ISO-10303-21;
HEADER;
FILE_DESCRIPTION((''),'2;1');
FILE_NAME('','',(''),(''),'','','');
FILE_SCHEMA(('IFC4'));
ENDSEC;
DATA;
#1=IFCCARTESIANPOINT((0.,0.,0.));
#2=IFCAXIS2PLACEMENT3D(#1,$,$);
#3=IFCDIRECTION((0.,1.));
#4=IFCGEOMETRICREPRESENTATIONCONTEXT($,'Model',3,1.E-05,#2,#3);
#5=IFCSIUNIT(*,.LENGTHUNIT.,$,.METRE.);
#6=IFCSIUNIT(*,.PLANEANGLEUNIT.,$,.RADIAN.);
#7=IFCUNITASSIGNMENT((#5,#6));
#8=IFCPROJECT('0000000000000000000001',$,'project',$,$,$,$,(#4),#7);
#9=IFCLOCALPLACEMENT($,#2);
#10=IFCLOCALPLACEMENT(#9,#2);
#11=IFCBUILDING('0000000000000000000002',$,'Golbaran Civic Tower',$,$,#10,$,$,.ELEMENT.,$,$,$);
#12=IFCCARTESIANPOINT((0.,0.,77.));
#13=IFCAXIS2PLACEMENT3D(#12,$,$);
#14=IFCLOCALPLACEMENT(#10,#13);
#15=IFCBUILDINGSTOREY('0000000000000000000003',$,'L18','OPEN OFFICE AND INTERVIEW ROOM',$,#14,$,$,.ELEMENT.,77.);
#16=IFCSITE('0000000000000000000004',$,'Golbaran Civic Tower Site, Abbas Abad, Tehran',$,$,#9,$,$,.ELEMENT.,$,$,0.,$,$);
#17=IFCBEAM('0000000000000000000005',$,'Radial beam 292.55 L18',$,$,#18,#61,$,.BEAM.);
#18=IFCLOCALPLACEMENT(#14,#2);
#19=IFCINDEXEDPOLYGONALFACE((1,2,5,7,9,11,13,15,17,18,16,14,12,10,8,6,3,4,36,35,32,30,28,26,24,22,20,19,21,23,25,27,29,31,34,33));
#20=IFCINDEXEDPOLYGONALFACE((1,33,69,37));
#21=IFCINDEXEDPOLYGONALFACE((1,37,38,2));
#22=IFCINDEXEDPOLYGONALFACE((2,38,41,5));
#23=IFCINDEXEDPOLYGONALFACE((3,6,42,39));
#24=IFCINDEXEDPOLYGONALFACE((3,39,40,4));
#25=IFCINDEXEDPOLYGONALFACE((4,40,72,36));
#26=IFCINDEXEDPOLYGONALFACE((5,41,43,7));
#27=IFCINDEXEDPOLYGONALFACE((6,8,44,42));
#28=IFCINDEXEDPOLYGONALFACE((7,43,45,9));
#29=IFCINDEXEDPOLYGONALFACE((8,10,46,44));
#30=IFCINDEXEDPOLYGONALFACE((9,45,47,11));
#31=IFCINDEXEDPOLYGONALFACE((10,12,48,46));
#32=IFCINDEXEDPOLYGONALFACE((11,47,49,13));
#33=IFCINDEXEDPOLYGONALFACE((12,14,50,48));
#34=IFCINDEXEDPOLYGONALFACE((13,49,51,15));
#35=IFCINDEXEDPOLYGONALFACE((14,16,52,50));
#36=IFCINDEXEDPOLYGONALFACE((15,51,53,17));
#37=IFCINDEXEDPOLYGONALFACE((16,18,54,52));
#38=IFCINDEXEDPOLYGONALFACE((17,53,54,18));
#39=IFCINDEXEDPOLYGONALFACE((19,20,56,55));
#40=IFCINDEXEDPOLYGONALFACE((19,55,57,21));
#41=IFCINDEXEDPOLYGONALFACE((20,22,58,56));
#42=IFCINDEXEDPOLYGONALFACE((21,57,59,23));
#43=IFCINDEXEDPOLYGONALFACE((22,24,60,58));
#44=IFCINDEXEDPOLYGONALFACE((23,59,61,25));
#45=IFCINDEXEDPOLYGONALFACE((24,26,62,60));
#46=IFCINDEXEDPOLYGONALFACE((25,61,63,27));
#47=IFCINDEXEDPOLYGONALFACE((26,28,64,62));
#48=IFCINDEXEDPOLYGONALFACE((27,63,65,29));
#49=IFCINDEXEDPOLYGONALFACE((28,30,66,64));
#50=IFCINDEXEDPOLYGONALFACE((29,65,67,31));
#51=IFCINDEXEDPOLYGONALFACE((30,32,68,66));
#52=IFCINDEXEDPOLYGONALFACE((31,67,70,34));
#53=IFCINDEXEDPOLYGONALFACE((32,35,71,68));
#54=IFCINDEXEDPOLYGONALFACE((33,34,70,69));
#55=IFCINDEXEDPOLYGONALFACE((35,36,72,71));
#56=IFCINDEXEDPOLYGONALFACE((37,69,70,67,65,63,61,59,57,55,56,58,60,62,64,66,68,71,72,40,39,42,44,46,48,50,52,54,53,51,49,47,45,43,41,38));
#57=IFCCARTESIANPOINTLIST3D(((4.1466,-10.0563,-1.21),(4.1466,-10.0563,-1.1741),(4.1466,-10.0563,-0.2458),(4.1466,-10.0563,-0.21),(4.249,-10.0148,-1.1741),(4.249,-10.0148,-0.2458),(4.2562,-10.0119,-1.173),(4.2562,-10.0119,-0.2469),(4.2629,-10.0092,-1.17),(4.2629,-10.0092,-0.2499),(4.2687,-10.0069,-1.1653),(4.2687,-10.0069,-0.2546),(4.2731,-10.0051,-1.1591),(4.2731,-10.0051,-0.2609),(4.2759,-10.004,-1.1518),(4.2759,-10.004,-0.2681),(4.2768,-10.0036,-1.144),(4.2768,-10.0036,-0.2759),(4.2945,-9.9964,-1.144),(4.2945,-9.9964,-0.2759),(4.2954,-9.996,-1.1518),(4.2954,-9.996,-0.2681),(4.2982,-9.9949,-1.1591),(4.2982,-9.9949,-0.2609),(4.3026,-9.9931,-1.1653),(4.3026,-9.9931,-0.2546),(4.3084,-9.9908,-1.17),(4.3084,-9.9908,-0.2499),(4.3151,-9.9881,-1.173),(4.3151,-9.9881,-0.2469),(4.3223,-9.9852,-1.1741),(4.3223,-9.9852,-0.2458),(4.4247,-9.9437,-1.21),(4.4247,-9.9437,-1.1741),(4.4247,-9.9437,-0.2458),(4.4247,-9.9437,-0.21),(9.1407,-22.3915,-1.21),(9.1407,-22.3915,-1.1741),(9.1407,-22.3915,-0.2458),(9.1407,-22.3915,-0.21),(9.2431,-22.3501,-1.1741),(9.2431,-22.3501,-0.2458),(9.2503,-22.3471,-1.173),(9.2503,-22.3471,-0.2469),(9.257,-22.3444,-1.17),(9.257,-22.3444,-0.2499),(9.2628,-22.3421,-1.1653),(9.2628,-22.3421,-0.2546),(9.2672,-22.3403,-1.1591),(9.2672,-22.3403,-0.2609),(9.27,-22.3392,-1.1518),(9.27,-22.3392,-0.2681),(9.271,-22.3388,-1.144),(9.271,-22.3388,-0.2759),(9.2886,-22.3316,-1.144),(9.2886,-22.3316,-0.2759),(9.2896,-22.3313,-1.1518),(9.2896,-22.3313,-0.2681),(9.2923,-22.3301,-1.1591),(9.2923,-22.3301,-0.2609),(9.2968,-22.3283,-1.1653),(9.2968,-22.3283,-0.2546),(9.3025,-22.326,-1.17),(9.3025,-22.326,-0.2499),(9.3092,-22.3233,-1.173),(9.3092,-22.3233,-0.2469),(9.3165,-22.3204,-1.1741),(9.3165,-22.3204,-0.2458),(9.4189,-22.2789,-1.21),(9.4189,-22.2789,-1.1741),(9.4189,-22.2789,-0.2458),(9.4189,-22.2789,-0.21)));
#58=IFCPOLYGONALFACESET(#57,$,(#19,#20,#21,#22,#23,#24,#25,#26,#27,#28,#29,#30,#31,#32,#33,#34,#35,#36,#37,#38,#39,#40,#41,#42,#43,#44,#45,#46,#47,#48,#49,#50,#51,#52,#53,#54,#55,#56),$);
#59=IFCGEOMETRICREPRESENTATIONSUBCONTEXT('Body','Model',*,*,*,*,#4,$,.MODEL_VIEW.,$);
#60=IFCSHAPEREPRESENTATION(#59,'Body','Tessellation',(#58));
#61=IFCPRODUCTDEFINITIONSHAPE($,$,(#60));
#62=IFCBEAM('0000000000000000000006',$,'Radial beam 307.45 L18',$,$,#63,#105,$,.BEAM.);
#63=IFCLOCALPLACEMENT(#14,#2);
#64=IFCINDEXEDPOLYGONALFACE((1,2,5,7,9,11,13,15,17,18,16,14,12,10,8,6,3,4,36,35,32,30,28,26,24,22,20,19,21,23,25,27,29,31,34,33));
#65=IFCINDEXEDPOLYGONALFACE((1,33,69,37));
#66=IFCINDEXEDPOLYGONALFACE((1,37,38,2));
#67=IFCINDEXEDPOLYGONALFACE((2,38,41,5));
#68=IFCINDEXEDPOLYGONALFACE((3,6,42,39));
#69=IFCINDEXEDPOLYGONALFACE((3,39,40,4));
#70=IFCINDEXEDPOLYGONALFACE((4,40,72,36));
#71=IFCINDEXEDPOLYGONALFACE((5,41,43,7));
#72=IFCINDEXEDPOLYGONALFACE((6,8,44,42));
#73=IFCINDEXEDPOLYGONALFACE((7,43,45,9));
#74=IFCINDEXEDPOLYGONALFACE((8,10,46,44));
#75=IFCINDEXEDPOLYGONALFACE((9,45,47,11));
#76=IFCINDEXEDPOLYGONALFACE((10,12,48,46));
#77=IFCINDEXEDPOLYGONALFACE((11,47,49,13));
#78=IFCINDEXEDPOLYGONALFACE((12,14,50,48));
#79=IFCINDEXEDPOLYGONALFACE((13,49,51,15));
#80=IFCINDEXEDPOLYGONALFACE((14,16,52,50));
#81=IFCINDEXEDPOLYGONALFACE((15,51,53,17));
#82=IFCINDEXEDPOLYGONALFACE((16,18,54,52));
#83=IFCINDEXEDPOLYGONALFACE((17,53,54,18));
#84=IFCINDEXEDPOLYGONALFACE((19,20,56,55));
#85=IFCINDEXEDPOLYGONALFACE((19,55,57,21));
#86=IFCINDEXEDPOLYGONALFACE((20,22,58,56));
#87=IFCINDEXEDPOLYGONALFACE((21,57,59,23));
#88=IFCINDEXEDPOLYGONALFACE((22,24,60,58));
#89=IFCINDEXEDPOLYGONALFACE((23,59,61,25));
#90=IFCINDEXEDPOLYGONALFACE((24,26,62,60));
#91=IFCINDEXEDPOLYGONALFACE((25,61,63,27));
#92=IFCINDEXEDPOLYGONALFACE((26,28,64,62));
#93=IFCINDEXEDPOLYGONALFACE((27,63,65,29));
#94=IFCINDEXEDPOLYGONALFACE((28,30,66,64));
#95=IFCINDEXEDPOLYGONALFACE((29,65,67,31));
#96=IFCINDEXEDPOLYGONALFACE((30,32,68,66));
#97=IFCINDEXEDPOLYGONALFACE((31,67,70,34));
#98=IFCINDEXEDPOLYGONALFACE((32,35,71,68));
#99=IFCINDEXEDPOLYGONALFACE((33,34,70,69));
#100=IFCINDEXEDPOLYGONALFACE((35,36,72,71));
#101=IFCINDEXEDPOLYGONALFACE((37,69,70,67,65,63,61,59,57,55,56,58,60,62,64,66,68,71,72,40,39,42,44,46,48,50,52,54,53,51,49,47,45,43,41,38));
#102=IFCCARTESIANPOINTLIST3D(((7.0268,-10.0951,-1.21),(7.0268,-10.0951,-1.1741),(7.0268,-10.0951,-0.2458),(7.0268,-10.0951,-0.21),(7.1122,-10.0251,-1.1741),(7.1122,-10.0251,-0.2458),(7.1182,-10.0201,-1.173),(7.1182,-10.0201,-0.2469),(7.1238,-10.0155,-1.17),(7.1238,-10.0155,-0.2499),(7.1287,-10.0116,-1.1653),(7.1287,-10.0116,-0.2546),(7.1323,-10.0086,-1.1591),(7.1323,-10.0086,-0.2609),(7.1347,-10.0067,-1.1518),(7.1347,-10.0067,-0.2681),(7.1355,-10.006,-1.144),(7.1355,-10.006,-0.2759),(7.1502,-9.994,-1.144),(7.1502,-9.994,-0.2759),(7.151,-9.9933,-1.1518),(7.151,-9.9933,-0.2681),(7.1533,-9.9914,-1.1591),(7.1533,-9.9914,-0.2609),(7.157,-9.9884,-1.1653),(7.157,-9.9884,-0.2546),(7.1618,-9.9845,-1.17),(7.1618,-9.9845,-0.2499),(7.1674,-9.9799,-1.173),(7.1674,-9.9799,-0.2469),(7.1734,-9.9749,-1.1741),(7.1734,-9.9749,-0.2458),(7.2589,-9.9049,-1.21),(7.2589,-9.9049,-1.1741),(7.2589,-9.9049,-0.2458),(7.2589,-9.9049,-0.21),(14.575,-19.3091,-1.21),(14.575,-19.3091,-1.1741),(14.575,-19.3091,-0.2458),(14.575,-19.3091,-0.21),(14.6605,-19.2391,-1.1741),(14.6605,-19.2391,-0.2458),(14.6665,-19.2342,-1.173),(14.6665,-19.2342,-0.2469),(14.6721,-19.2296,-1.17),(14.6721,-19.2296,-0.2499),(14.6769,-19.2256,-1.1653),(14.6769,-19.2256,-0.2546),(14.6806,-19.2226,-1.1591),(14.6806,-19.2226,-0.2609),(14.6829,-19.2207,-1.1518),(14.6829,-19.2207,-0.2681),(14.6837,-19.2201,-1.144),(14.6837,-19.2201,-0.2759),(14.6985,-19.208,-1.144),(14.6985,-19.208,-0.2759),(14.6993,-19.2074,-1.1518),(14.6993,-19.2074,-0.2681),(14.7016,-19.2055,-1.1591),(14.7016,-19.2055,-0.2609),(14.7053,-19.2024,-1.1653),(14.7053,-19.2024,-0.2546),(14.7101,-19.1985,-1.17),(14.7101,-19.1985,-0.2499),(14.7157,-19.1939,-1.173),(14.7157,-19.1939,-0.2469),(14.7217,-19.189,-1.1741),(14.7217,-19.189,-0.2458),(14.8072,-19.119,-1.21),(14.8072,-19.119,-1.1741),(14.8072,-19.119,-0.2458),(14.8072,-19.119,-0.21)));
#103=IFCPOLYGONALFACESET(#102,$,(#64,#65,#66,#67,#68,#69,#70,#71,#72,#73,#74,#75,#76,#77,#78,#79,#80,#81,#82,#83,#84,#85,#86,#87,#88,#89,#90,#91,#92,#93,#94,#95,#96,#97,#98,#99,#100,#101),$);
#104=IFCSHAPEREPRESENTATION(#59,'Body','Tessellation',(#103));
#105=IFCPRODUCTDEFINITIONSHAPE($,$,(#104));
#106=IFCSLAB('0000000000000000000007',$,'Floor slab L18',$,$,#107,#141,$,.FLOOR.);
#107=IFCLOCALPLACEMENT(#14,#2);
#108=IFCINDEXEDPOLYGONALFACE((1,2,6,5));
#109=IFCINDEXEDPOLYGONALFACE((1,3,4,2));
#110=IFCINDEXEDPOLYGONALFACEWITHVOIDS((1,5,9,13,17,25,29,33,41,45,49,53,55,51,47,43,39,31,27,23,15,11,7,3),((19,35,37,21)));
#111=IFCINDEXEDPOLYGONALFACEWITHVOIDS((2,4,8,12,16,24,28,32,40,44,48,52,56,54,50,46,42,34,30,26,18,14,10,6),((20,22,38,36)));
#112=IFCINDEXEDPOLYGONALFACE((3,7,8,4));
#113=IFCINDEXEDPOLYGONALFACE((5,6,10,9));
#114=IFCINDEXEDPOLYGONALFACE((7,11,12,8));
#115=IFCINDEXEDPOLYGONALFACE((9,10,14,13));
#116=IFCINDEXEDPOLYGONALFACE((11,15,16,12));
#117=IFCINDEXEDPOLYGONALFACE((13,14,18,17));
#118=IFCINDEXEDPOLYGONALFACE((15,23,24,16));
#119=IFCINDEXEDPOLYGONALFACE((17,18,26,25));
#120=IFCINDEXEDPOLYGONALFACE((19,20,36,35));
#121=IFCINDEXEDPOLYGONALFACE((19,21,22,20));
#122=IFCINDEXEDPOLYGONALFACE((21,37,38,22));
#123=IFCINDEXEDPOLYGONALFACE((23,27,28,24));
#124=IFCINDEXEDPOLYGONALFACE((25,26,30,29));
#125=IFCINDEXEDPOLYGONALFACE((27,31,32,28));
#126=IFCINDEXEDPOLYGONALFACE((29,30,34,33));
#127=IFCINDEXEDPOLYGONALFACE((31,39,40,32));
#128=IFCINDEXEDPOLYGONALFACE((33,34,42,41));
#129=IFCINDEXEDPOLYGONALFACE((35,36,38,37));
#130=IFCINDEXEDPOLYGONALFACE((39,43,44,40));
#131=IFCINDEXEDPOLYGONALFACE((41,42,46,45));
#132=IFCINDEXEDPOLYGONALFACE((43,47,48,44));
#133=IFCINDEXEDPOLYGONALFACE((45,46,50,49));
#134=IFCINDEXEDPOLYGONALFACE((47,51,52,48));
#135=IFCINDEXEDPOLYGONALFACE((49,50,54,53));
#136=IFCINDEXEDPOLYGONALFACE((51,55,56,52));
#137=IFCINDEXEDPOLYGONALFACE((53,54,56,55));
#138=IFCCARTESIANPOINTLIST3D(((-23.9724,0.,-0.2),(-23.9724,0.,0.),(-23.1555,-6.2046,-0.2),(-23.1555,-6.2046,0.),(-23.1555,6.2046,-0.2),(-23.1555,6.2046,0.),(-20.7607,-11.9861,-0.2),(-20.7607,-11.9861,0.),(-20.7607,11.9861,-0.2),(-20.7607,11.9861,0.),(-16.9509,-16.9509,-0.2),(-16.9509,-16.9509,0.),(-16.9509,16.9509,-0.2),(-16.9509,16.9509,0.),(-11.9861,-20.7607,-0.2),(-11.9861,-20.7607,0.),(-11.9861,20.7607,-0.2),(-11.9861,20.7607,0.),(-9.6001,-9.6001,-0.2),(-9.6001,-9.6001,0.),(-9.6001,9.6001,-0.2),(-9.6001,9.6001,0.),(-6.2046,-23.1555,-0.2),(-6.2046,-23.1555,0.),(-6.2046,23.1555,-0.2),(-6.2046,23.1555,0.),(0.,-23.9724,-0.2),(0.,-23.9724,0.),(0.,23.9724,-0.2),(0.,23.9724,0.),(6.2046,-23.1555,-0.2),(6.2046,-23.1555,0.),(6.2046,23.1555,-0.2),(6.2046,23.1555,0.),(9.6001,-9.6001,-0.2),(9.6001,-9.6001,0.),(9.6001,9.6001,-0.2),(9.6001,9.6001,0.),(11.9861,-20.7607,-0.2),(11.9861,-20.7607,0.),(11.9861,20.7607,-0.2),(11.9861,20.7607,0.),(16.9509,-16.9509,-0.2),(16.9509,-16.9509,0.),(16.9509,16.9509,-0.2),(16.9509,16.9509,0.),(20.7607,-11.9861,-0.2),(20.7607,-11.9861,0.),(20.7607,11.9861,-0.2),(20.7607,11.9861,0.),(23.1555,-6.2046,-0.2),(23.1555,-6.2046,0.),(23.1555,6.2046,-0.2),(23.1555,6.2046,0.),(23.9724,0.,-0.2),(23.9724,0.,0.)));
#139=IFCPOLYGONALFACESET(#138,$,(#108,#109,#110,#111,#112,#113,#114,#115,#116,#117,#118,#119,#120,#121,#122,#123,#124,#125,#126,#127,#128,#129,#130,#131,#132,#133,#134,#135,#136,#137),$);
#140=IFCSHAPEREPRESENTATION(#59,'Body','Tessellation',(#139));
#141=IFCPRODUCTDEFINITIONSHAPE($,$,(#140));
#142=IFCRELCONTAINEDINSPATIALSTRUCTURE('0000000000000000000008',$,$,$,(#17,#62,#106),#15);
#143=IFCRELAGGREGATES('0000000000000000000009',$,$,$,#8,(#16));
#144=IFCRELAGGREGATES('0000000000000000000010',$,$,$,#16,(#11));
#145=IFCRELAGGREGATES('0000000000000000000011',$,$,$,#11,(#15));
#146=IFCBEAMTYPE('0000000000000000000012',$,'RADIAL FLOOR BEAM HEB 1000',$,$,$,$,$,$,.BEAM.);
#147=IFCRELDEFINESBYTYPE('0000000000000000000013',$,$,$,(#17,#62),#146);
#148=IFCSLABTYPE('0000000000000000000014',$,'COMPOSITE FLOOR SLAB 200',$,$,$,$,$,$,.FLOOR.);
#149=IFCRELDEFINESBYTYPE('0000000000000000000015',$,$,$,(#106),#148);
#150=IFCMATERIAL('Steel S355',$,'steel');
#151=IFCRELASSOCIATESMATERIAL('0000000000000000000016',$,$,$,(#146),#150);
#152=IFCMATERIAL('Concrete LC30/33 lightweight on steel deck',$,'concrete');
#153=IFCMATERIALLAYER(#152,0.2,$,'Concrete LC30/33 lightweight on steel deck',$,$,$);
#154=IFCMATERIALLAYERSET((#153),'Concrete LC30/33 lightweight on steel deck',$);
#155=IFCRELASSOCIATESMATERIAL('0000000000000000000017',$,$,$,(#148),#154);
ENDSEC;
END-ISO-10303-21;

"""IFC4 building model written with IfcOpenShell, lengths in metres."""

from ifc_helpers import new_model, si_unit, direction, frame, origin, origin_2d, place, context, subcontext, project, spatial, polyline, i_section, outline, extrude, material, layer, layer_set, material_profile, profile_set, type_object, element, save


model = new_model("IFC4")

# Units and contexts
model_context = context("Model", 3, precision=1e-05, world=origin(), true_north=direction((0.0, 1.0)))
body_context = subcontext(model_context, "Body", "Model", "MODEL_VIEW")
ifc_project = project(units=[si_unit("LENGTHUNIT", "METRE"), si_unit("PLANEANGLEUNIT", "RADIAN")], contexts=[model_context])

# Site, building, storey
site_placement = place(None, origin())
site = spatial("IfcSite", under=ifc_project, at=site_placement, Name="Golbaran Civic Tower Site, Abbas Abad, Tehran", CompositionType="ELEMENT", RefElevation=0.0)
building_placement = place(site_placement, origin())
building = spatial("IfcBuilding", under=site, at=building_placement, Name="Golbaran Civic Tower", CompositionType="ELEMENT")
storey_placement = place(building_placement, frame((0.0, 0.0, 77.0)))
storey = spatial("IfcBuildingStorey", under=building, at=storey_placement, Name="L18", Description="OPEN OFFICE AND INTERVIEW ROOM", CompositionType="ELEMENT", Elevation=77.0)

# Beams
ifc_material_1 = material(Name="Steel S355", Category="steel")
ifc_material_profile_1 = material_profile(ifc_material_1, i_section(OverallWidth=0.3, OverallDepth=1.0, WebThickness=0.019, FlangeThickness=0.0359, FilletRadius=0.03, at=origin_2d()), Name="HEB 1000")
ifc_profile_set_1 = profile_set([ifc_material_profile_1], Name="Steel S355")
beam_type_1 = type_object("IfcBeamType", Name="RADIAL FLOOR BEAM HEB 1000", PredefinedType="BEAM", material=ifc_profile_set_1)
beam_1_placement = place(storey_placement, frame((4.2856, -10.0, -0.71), z_axis=(0.375278, -0.926912, 0.0), x_axis=(0.926912, 0.375278, 0.0)))
element("IfcBeam", 1, at=beam_1_placement, inside=storey, type_object=beam_type_1, Name="Radial beam 292.55 L18", PredefinedType="BEAM", context=body_context, shape_type="SweptSolid", body=[
    extrude(i_section(OverallWidth=0.3, OverallDepth=1.0, WebThickness=0.019, FlangeThickness=0.0359, FilletRadius=0.03, at=origin_2d()), origin(), (0.0, 0.0, 1.0), 13.3079),
])
beam_2_placement = place(storey_placement, frame((7.1428, -10.0, -0.71), z_axis=(0.633717, -0.773565, 0.0), x_axis=(0.773565, 0.633717, 0.0)))
element("IfcBeam", 2, at=beam_2_placement, inside=storey, type_object=beam_type_1, Name="Radial beam 307.45 L18", PredefinedType="BEAM", context=body_context, shape_type="SweptSolid", body=[
    extrude(i_section(OverallWidth=0.3, OverallDepth=1.0, WebThickness=0.019, FlangeThickness=0.0359, FilletRadius=0.03, at=origin_2d()), origin(), (0.0, 0.0, 1.0), 11.9111),
])

# Slab
ifc_material_2 = material(Name="Concrete LC30/33 lightweight on steel deck", Category="concrete")
ifc_layer_1 = layer(ifc_material_2, 0.2, Name="Concrete LC30/33 lightweight on steel deck")
ifc_layer_set_1 = layer_set([ifc_layer_1], Name="Concrete LC30/33 lightweight on steel deck")
slab_type_1 = type_object("IfcSlabType", Name="COMPOSITE FLOOR SLAB 200", PredefinedType="FLOOR", material=ifc_layer_set_1)
slab_1_placement = place(storey_placement, frame((0.0, 0.0, -0.2)))
element("IfcSlab", 3, at=slab_1_placement, inside=storey, type_object=slab_type_1, Name="Floor slab L18", PredefinedType="FLOOR", context=body_context, shape_type="SweptSolid", body=[
    extrude(outline(polyline([(20.7607, -11.9861), (16.9509, -16.9509), (11.9861, -20.7607), (6.2046, -23.1555), (0.0, -23.9724), (-6.2046, -23.1555), (-11.9861, -20.7607), (-16.9509, -16.9509), (-20.7607, -11.9861), (-23.1555, -6.2046), (-23.9724, 0.0), (-23.1555, 6.2046), (-20.7607, 11.9861), (-16.9509, 16.9509), (-11.9861, 20.7607), (-6.2046, 23.1555), (0.0, 23.9724), (6.2046, 23.1555), (11.9861, 20.7607), (16.9509, 16.9509), (20.7607, 11.9861), (23.1555, 6.2046), (23.9724, 0.0), (23.1555, -6.2046), (20.7607, -11.9861)]), holes=[polyline([(-9.6001, 9.6001), (-9.6001, -9.6001), (9.6001, -9.6001), (9.6001, 9.6001), (-9.6001, 9.6001)])]), origin(), (0.0, 0.0, 1.0), 0.2),
])

save(model, "model.ifc")
